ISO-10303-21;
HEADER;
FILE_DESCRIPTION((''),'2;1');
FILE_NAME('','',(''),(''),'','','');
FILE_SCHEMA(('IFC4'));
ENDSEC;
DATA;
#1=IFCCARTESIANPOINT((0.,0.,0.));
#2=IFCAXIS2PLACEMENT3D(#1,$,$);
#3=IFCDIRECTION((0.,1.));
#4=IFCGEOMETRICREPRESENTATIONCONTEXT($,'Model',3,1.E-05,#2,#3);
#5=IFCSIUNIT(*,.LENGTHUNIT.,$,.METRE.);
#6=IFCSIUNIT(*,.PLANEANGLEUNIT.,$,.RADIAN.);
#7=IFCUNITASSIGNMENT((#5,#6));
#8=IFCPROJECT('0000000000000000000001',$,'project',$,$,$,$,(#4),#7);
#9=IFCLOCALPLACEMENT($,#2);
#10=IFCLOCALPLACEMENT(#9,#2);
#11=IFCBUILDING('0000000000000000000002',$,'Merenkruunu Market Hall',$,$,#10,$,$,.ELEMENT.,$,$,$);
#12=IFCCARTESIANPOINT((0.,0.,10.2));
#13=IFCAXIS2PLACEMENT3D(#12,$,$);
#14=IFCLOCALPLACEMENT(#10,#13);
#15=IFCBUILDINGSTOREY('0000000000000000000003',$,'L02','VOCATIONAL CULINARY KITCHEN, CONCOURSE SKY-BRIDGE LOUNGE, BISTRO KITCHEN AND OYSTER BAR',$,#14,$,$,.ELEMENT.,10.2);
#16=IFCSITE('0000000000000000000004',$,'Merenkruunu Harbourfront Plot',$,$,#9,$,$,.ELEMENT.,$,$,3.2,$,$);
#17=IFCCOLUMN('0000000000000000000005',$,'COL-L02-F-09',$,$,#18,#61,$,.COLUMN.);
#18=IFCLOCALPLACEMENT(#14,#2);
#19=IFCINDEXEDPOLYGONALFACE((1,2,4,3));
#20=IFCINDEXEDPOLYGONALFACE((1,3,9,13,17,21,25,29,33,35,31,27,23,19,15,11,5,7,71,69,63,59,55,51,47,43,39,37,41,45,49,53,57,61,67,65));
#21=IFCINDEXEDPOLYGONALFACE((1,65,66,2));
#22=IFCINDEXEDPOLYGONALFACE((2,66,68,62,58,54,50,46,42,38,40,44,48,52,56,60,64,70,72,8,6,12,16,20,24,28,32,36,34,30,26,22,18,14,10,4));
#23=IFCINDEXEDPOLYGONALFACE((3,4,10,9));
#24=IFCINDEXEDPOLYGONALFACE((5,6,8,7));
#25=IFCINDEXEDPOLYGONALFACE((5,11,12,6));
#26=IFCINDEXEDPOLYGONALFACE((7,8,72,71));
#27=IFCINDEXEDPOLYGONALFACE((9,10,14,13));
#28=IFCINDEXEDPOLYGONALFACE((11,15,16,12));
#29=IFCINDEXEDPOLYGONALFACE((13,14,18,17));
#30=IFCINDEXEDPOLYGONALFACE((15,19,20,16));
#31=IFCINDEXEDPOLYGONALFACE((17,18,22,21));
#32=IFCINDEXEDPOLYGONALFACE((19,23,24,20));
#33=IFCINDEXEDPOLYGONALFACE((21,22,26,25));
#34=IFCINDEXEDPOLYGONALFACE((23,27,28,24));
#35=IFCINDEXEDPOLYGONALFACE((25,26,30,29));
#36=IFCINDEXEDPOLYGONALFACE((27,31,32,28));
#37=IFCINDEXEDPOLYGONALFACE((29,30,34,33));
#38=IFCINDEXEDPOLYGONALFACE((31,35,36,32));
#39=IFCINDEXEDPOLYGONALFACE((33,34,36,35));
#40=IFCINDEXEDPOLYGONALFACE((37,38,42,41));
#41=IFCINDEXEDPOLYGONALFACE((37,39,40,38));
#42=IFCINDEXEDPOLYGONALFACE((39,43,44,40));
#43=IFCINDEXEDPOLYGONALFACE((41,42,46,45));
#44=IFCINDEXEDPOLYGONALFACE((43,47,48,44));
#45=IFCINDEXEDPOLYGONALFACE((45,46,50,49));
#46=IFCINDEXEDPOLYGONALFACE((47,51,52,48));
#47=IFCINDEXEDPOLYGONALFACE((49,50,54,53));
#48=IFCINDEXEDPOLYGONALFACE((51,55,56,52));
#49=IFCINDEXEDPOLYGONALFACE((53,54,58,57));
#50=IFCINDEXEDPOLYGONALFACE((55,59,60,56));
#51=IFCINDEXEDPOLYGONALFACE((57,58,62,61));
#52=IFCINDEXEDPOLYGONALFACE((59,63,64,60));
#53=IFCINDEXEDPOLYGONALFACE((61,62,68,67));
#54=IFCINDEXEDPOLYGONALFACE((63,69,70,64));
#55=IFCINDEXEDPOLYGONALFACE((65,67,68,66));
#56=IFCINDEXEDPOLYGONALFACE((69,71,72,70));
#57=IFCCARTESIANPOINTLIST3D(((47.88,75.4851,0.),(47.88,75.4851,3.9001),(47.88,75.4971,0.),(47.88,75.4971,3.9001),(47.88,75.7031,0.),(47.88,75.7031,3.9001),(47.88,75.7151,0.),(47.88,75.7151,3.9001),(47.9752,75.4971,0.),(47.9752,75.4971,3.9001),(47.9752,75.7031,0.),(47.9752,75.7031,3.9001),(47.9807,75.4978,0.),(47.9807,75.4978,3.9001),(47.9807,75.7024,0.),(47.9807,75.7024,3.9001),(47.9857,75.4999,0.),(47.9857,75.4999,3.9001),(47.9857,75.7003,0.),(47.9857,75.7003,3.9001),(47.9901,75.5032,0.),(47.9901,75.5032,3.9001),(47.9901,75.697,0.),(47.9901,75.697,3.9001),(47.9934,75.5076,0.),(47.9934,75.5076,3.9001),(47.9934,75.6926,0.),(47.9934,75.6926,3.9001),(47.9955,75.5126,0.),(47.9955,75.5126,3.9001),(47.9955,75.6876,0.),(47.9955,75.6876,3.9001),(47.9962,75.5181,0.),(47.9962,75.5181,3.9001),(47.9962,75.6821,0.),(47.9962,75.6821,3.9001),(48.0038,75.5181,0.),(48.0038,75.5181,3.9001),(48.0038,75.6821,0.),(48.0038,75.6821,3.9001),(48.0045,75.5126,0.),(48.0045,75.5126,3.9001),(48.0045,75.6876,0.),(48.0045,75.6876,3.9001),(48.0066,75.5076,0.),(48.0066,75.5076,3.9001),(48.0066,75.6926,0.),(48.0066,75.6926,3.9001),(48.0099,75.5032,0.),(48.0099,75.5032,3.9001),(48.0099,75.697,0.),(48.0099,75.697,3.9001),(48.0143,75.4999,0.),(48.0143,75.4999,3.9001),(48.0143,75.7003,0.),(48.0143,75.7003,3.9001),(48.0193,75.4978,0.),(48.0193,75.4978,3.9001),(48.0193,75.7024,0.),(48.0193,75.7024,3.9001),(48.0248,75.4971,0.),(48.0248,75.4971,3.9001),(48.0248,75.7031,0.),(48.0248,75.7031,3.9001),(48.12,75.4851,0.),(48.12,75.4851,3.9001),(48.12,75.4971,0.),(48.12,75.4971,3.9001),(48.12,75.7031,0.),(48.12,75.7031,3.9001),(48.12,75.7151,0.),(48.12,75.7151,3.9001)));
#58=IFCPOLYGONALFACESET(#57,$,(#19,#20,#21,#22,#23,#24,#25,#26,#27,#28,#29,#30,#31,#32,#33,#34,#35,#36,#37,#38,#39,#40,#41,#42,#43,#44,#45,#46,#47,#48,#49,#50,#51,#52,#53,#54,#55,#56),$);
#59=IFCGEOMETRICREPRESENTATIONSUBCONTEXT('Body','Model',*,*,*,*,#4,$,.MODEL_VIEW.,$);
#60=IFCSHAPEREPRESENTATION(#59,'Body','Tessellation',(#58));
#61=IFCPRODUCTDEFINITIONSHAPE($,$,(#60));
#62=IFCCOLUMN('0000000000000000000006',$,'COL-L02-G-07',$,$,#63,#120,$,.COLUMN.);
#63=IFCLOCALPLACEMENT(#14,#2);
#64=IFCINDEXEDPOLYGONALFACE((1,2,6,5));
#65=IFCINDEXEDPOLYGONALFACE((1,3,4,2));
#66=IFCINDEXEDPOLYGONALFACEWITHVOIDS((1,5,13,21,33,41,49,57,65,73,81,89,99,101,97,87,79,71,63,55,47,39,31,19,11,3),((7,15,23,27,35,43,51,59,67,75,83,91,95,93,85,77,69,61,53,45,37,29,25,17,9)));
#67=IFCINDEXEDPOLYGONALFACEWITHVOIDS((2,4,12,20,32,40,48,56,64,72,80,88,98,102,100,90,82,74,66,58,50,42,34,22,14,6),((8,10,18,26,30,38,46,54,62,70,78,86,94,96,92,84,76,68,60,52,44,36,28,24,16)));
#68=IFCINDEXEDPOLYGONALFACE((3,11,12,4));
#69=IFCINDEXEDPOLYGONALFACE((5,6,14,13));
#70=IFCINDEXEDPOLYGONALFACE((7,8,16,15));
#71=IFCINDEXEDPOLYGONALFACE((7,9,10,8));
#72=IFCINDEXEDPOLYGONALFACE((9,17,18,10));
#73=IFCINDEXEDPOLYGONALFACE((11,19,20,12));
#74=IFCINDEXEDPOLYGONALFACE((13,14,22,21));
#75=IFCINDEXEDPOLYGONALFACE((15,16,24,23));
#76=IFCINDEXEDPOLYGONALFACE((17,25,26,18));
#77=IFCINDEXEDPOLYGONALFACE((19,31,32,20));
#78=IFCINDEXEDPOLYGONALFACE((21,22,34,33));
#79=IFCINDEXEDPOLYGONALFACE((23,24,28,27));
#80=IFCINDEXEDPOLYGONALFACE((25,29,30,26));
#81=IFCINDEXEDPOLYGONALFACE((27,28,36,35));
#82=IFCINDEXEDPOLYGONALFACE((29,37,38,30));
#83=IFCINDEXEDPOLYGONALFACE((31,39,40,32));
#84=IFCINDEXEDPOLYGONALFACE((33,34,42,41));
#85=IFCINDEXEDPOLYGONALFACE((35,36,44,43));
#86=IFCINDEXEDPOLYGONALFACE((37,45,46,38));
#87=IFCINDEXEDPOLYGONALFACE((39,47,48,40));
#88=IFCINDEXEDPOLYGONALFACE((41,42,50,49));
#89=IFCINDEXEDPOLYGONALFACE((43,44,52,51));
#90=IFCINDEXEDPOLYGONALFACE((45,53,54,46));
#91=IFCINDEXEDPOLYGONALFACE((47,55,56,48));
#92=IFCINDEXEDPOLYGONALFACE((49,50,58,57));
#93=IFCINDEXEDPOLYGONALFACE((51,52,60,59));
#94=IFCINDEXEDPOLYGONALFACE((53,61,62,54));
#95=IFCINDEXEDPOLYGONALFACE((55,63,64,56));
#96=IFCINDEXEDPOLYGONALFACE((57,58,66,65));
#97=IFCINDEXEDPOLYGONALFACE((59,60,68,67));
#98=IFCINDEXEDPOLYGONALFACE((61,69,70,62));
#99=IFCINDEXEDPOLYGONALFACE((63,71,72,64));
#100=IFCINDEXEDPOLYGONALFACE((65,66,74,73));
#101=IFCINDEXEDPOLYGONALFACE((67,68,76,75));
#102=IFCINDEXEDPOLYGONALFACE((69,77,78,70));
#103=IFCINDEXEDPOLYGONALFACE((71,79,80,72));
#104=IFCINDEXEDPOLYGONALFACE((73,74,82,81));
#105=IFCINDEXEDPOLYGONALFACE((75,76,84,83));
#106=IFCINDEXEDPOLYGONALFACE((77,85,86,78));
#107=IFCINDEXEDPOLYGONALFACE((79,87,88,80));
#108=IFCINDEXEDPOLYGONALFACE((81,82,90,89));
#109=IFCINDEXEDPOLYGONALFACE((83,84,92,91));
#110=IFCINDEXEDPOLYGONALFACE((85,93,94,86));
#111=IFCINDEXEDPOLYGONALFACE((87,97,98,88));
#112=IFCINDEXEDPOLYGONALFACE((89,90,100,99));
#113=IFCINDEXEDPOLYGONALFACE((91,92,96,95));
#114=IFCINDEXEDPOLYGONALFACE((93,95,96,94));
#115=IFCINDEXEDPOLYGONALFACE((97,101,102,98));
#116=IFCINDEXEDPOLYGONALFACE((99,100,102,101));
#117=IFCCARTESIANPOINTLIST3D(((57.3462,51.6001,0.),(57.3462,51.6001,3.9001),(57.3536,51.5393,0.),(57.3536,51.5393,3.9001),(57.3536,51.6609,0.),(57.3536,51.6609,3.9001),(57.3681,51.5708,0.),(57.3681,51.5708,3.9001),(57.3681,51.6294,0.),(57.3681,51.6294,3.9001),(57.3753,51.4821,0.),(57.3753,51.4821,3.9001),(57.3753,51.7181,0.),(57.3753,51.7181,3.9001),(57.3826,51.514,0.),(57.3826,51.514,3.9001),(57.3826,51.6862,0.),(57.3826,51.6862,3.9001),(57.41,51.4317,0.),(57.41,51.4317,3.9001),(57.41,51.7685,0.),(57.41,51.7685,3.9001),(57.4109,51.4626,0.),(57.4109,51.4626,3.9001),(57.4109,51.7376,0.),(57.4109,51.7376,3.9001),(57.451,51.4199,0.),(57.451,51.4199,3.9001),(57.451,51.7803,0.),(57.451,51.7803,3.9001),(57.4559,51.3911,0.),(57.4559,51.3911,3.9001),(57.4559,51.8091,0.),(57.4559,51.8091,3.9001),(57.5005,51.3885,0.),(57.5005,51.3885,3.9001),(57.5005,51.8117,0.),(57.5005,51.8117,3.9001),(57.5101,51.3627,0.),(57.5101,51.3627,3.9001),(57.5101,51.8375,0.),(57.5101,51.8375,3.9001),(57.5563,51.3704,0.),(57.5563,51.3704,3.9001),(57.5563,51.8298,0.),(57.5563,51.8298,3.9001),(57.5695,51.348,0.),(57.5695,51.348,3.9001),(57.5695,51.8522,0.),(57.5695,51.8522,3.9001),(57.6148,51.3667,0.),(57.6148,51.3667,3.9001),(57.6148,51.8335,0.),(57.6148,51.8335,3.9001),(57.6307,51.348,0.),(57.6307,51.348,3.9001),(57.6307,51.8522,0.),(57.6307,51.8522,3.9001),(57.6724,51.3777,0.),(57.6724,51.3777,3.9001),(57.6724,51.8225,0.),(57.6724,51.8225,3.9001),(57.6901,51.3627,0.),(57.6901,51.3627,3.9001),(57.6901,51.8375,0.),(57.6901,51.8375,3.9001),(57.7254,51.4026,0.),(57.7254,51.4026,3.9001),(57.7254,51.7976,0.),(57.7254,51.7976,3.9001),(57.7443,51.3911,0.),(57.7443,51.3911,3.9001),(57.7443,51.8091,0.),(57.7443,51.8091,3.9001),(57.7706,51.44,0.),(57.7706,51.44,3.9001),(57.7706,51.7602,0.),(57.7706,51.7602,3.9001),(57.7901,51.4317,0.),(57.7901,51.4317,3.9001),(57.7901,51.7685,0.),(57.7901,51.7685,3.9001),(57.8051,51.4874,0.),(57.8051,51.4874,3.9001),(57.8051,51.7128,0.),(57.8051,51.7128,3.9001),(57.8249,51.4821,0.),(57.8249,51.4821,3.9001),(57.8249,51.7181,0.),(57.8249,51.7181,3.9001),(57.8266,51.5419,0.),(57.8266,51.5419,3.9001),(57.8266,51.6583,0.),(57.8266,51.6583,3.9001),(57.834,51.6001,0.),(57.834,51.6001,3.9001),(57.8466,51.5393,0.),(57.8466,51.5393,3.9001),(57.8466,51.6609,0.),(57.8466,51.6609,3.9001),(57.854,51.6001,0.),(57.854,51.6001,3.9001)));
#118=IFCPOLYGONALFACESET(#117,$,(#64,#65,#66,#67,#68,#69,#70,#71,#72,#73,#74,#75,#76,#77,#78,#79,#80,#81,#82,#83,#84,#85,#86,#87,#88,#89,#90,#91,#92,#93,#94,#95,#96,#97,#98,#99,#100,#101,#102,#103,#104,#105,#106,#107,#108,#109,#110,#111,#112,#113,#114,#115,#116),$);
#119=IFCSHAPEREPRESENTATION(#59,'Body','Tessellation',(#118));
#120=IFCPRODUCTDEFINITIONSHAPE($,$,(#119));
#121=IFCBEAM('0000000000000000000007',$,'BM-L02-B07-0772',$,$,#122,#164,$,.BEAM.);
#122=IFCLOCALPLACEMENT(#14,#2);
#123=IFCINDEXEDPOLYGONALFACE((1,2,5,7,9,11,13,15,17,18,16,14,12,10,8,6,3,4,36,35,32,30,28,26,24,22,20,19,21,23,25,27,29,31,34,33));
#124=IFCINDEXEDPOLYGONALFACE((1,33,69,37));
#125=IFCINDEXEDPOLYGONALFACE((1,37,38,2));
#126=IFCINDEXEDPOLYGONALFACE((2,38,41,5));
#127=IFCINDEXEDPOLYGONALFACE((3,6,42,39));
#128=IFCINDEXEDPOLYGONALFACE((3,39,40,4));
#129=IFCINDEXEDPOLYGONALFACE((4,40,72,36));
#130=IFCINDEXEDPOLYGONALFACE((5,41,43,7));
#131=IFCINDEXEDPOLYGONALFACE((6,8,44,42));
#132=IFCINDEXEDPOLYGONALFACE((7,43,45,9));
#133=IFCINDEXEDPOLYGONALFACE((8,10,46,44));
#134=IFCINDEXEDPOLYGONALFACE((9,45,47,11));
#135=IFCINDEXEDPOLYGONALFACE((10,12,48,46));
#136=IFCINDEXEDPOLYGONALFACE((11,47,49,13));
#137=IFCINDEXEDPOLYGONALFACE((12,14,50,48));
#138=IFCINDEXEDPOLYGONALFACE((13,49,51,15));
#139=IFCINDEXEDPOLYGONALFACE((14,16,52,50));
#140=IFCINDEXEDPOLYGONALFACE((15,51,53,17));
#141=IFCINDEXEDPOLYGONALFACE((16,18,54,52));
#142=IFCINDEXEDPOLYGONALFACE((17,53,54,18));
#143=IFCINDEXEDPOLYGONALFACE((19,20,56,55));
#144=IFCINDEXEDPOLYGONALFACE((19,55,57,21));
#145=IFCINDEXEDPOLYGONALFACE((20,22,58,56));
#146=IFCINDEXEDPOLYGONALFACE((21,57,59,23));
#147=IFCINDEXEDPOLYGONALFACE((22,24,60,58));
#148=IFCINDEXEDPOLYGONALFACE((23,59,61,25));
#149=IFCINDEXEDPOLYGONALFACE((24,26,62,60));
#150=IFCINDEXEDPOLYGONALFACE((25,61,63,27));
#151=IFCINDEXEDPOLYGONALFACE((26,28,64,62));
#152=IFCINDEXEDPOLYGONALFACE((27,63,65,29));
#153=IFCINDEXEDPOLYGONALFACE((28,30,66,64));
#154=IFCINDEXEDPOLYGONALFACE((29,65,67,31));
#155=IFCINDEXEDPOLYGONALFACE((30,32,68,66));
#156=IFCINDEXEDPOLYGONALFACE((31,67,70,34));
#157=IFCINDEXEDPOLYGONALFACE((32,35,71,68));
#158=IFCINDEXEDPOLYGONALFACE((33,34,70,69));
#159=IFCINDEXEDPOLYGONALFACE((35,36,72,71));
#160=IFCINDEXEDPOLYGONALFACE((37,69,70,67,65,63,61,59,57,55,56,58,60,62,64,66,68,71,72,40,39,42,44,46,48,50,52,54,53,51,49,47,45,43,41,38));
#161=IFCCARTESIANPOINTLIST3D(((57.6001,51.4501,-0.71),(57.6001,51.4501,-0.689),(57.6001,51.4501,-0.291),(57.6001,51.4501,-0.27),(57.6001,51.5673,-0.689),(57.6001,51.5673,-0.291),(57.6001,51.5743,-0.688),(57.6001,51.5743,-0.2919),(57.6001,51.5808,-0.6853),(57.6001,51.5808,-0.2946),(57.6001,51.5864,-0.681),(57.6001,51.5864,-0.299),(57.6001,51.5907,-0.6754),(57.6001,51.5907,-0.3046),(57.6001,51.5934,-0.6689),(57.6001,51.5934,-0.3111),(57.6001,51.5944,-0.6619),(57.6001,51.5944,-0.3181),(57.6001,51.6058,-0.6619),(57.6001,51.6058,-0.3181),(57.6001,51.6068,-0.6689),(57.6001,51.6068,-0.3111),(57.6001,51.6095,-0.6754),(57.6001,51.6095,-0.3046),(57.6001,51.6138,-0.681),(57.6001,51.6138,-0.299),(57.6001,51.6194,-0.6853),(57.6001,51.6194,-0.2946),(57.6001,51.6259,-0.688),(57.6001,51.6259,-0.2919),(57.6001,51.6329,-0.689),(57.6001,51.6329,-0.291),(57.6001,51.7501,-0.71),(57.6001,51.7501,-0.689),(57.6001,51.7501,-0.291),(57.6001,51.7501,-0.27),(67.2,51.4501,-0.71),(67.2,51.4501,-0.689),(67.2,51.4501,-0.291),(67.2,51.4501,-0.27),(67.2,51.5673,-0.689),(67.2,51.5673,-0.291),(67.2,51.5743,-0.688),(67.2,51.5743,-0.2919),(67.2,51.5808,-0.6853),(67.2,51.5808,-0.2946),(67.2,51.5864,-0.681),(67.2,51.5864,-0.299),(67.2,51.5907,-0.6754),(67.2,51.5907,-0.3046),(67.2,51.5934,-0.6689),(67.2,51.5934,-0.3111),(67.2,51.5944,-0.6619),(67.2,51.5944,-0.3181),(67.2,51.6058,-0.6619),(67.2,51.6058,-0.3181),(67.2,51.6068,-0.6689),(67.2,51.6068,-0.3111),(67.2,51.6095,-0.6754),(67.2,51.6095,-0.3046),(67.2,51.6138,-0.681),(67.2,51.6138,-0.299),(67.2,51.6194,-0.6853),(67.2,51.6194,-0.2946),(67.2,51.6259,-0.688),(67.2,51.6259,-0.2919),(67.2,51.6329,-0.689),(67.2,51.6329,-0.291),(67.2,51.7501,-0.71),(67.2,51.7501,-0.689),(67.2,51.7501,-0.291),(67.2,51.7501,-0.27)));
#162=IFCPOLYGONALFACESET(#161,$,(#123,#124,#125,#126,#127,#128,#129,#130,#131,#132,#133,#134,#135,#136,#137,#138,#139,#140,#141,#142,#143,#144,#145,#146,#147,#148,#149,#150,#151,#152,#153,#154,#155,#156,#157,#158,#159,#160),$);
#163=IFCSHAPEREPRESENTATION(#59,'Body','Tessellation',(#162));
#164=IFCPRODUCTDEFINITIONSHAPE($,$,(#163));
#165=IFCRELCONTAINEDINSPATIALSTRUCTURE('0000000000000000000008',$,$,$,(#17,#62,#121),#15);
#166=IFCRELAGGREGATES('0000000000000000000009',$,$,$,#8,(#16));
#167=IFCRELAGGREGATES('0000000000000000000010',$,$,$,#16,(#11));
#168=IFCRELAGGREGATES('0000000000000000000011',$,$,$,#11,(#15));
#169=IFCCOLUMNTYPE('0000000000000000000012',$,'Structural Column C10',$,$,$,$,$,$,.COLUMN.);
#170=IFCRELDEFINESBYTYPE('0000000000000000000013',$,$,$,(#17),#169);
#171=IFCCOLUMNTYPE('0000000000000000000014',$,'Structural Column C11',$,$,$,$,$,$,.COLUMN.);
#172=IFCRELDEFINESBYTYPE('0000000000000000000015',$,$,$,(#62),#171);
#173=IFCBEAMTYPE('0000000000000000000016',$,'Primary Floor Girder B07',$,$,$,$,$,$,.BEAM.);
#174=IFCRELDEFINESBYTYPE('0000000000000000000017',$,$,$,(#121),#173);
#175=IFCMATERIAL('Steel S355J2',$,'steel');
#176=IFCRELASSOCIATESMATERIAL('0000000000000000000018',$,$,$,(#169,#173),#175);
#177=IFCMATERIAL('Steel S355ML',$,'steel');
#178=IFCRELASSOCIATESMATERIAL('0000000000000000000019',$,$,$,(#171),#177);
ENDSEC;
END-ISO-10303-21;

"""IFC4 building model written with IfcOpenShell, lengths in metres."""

from ifc_helpers import new_model, si_unit, direction, frame, origin, origin_2d, place, context, subcontext, project, spatial, hollow_circle, i_section, extrude, material, material_profile, profile_set, type_object, element, save


model = new_model("IFC4")

# Units and contexts
model_context = context("Model", 3, precision=1e-05, world=origin(), true_north=direction((0.0, 1.0)))
body_context = subcontext(model_context, "Body", "Model", "MODEL_VIEW")
ifc_project = project(units=[si_unit("LENGTHUNIT", "METRE"), si_unit("PLANEANGLEUNIT", "RADIAN")], contexts=[model_context])

# Site, building, storey
site_placement = place(None, origin())
site = spatial("IfcSite", under=ifc_project, at=site_placement, Name="Merenkruunu Harbourfront Plot", CompositionType="ELEMENT", RefElevation=3.2)
building_placement = place(site_placement, origin())
building = spatial("IfcBuilding", under=site, at=building_placement, Name="Merenkruunu Market Hall", CompositionType="ELEMENT")
storey_placement = place(building_placement, frame((0.0, 0.0, 10.2)))
storey = spatial("IfcBuildingStorey", under=building, at=storey_placement, Name="L02", Description="VOCATIONAL CULINARY KITCHEN, CONCOURSE SKY-BRIDGE LOUNGE, BISTRO KITCHEN AND OYSTER BAR", CompositionType="ELEMENT", Elevation=10.2)

# Columns
ifc_material_1 = material(Name="Steel S355J2", Category="steel")
ifc_material_profile_1 = material_profile(ifc_material_1, i_section(OverallWidth=0.24, OverallDepth=0.23, WebThickness=0.0076, FlangeThickness=0.012, FilletRadius=0.021, at=origin_2d()), Name="HEA 240")
ifc_profile_set_1 = profile_set([ifc_material_profile_1], Name="Steel S355J2")
column_type_1 = type_object("IfcColumnType", Name="Structural Column C10", PredefinedType="COLUMN", material=ifc_profile_set_1)
column_1_placement = place(storey_placement, frame((48.0, 75.6001, 0.0), z_axis=(0.0, 0.0, 1.0), x_axis=(1.0, 0.0, 0.0)))
element("IfcColumn", 1, at=column_1_placement, inside=storey, type_object=column_type_1, Name="COL-L02-F-09", PredefinedType="COLUMN", context=body_context, shape_type="SweptSolid", body=[
    extrude(i_section(OverallWidth=0.24, OverallDepth=0.23, WebThickness=0.0076, FlangeThickness=0.012, FilletRadius=0.021, at=origin_2d()), origin(), (0.0, 0.0, 1.0), 3.9001),
])
ifc_material_2 = material(Name="Steel S355ML", Category="steel")
ifc_material_profile_2 = material_profile(ifc_material_2, hollow_circle(Radius=0.2539, WallThickness=0.02, at=origin_2d()), Name="CHS 508x20")
ifc_profile_set_2 = profile_set([ifc_material_profile_2], Name="Steel S355ML")
column_type_2 = type_object("IfcColumnType", Name="Structural Column C11", PredefinedType="COLUMN", material=ifc_profile_set_2)
column_2_placement = place(storey_placement, frame((57.6001, 51.6001, 0.0), z_axis=(0.0, 0.0, 1.0), x_axis=(1.0, 0.0, 0.0)))
element("IfcColumn", 2, at=column_2_placement, inside=storey, type_object=column_type_2, Name="COL-L02-G-07", PredefinedType="COLUMN", context=body_context, shape_type="SweptSolid", body=[
    extrude(hollow_circle(Radius=0.2539, WallThickness=0.02, at=origin_2d()), origin(), (0.0, 0.0, 1.0), 3.9001),
])

# Beam
ifc_material_profile_3 = material_profile(ifc_material_1, i_section(OverallWidth=0.3, OverallDepth=0.4399, WebThickness=0.0115, FlangeThickness=0.021, FilletRadius=0.0271, at=origin_2d()), Name="HEA 450")
ifc_profile_set_3 = profile_set([ifc_material_profile_3], Name="Steel S355J2")
beam_type_1 = type_object("IfcBeamType", Name="Primary Floor Girder B07", PredefinedType="BEAM", material=ifc_profile_set_3)
beam_1_placement = place(storey_placement, frame((57.6001, 51.6001, -0.49), z_axis=(1.0, 0.0, 0.0), x_axis=(0.0, 1.0, 0.0)))
element("IfcBeam", 3, at=beam_1_placement, inside=storey, type_object=beam_type_1, Name="BM-L02-B07-0772", PredefinedType="BEAM", context=body_context, shape_type="SweptSolid", body=[
    extrude(i_section(OverallWidth=0.3, OverallDepth=0.4399, WebThickness=0.0115, FlangeThickness=0.021, FilletRadius=0.0271, at=origin_2d()), origin(), (0.0, 0.0, 1.0), 9.5999),
])

save(model, "model.ifc")
